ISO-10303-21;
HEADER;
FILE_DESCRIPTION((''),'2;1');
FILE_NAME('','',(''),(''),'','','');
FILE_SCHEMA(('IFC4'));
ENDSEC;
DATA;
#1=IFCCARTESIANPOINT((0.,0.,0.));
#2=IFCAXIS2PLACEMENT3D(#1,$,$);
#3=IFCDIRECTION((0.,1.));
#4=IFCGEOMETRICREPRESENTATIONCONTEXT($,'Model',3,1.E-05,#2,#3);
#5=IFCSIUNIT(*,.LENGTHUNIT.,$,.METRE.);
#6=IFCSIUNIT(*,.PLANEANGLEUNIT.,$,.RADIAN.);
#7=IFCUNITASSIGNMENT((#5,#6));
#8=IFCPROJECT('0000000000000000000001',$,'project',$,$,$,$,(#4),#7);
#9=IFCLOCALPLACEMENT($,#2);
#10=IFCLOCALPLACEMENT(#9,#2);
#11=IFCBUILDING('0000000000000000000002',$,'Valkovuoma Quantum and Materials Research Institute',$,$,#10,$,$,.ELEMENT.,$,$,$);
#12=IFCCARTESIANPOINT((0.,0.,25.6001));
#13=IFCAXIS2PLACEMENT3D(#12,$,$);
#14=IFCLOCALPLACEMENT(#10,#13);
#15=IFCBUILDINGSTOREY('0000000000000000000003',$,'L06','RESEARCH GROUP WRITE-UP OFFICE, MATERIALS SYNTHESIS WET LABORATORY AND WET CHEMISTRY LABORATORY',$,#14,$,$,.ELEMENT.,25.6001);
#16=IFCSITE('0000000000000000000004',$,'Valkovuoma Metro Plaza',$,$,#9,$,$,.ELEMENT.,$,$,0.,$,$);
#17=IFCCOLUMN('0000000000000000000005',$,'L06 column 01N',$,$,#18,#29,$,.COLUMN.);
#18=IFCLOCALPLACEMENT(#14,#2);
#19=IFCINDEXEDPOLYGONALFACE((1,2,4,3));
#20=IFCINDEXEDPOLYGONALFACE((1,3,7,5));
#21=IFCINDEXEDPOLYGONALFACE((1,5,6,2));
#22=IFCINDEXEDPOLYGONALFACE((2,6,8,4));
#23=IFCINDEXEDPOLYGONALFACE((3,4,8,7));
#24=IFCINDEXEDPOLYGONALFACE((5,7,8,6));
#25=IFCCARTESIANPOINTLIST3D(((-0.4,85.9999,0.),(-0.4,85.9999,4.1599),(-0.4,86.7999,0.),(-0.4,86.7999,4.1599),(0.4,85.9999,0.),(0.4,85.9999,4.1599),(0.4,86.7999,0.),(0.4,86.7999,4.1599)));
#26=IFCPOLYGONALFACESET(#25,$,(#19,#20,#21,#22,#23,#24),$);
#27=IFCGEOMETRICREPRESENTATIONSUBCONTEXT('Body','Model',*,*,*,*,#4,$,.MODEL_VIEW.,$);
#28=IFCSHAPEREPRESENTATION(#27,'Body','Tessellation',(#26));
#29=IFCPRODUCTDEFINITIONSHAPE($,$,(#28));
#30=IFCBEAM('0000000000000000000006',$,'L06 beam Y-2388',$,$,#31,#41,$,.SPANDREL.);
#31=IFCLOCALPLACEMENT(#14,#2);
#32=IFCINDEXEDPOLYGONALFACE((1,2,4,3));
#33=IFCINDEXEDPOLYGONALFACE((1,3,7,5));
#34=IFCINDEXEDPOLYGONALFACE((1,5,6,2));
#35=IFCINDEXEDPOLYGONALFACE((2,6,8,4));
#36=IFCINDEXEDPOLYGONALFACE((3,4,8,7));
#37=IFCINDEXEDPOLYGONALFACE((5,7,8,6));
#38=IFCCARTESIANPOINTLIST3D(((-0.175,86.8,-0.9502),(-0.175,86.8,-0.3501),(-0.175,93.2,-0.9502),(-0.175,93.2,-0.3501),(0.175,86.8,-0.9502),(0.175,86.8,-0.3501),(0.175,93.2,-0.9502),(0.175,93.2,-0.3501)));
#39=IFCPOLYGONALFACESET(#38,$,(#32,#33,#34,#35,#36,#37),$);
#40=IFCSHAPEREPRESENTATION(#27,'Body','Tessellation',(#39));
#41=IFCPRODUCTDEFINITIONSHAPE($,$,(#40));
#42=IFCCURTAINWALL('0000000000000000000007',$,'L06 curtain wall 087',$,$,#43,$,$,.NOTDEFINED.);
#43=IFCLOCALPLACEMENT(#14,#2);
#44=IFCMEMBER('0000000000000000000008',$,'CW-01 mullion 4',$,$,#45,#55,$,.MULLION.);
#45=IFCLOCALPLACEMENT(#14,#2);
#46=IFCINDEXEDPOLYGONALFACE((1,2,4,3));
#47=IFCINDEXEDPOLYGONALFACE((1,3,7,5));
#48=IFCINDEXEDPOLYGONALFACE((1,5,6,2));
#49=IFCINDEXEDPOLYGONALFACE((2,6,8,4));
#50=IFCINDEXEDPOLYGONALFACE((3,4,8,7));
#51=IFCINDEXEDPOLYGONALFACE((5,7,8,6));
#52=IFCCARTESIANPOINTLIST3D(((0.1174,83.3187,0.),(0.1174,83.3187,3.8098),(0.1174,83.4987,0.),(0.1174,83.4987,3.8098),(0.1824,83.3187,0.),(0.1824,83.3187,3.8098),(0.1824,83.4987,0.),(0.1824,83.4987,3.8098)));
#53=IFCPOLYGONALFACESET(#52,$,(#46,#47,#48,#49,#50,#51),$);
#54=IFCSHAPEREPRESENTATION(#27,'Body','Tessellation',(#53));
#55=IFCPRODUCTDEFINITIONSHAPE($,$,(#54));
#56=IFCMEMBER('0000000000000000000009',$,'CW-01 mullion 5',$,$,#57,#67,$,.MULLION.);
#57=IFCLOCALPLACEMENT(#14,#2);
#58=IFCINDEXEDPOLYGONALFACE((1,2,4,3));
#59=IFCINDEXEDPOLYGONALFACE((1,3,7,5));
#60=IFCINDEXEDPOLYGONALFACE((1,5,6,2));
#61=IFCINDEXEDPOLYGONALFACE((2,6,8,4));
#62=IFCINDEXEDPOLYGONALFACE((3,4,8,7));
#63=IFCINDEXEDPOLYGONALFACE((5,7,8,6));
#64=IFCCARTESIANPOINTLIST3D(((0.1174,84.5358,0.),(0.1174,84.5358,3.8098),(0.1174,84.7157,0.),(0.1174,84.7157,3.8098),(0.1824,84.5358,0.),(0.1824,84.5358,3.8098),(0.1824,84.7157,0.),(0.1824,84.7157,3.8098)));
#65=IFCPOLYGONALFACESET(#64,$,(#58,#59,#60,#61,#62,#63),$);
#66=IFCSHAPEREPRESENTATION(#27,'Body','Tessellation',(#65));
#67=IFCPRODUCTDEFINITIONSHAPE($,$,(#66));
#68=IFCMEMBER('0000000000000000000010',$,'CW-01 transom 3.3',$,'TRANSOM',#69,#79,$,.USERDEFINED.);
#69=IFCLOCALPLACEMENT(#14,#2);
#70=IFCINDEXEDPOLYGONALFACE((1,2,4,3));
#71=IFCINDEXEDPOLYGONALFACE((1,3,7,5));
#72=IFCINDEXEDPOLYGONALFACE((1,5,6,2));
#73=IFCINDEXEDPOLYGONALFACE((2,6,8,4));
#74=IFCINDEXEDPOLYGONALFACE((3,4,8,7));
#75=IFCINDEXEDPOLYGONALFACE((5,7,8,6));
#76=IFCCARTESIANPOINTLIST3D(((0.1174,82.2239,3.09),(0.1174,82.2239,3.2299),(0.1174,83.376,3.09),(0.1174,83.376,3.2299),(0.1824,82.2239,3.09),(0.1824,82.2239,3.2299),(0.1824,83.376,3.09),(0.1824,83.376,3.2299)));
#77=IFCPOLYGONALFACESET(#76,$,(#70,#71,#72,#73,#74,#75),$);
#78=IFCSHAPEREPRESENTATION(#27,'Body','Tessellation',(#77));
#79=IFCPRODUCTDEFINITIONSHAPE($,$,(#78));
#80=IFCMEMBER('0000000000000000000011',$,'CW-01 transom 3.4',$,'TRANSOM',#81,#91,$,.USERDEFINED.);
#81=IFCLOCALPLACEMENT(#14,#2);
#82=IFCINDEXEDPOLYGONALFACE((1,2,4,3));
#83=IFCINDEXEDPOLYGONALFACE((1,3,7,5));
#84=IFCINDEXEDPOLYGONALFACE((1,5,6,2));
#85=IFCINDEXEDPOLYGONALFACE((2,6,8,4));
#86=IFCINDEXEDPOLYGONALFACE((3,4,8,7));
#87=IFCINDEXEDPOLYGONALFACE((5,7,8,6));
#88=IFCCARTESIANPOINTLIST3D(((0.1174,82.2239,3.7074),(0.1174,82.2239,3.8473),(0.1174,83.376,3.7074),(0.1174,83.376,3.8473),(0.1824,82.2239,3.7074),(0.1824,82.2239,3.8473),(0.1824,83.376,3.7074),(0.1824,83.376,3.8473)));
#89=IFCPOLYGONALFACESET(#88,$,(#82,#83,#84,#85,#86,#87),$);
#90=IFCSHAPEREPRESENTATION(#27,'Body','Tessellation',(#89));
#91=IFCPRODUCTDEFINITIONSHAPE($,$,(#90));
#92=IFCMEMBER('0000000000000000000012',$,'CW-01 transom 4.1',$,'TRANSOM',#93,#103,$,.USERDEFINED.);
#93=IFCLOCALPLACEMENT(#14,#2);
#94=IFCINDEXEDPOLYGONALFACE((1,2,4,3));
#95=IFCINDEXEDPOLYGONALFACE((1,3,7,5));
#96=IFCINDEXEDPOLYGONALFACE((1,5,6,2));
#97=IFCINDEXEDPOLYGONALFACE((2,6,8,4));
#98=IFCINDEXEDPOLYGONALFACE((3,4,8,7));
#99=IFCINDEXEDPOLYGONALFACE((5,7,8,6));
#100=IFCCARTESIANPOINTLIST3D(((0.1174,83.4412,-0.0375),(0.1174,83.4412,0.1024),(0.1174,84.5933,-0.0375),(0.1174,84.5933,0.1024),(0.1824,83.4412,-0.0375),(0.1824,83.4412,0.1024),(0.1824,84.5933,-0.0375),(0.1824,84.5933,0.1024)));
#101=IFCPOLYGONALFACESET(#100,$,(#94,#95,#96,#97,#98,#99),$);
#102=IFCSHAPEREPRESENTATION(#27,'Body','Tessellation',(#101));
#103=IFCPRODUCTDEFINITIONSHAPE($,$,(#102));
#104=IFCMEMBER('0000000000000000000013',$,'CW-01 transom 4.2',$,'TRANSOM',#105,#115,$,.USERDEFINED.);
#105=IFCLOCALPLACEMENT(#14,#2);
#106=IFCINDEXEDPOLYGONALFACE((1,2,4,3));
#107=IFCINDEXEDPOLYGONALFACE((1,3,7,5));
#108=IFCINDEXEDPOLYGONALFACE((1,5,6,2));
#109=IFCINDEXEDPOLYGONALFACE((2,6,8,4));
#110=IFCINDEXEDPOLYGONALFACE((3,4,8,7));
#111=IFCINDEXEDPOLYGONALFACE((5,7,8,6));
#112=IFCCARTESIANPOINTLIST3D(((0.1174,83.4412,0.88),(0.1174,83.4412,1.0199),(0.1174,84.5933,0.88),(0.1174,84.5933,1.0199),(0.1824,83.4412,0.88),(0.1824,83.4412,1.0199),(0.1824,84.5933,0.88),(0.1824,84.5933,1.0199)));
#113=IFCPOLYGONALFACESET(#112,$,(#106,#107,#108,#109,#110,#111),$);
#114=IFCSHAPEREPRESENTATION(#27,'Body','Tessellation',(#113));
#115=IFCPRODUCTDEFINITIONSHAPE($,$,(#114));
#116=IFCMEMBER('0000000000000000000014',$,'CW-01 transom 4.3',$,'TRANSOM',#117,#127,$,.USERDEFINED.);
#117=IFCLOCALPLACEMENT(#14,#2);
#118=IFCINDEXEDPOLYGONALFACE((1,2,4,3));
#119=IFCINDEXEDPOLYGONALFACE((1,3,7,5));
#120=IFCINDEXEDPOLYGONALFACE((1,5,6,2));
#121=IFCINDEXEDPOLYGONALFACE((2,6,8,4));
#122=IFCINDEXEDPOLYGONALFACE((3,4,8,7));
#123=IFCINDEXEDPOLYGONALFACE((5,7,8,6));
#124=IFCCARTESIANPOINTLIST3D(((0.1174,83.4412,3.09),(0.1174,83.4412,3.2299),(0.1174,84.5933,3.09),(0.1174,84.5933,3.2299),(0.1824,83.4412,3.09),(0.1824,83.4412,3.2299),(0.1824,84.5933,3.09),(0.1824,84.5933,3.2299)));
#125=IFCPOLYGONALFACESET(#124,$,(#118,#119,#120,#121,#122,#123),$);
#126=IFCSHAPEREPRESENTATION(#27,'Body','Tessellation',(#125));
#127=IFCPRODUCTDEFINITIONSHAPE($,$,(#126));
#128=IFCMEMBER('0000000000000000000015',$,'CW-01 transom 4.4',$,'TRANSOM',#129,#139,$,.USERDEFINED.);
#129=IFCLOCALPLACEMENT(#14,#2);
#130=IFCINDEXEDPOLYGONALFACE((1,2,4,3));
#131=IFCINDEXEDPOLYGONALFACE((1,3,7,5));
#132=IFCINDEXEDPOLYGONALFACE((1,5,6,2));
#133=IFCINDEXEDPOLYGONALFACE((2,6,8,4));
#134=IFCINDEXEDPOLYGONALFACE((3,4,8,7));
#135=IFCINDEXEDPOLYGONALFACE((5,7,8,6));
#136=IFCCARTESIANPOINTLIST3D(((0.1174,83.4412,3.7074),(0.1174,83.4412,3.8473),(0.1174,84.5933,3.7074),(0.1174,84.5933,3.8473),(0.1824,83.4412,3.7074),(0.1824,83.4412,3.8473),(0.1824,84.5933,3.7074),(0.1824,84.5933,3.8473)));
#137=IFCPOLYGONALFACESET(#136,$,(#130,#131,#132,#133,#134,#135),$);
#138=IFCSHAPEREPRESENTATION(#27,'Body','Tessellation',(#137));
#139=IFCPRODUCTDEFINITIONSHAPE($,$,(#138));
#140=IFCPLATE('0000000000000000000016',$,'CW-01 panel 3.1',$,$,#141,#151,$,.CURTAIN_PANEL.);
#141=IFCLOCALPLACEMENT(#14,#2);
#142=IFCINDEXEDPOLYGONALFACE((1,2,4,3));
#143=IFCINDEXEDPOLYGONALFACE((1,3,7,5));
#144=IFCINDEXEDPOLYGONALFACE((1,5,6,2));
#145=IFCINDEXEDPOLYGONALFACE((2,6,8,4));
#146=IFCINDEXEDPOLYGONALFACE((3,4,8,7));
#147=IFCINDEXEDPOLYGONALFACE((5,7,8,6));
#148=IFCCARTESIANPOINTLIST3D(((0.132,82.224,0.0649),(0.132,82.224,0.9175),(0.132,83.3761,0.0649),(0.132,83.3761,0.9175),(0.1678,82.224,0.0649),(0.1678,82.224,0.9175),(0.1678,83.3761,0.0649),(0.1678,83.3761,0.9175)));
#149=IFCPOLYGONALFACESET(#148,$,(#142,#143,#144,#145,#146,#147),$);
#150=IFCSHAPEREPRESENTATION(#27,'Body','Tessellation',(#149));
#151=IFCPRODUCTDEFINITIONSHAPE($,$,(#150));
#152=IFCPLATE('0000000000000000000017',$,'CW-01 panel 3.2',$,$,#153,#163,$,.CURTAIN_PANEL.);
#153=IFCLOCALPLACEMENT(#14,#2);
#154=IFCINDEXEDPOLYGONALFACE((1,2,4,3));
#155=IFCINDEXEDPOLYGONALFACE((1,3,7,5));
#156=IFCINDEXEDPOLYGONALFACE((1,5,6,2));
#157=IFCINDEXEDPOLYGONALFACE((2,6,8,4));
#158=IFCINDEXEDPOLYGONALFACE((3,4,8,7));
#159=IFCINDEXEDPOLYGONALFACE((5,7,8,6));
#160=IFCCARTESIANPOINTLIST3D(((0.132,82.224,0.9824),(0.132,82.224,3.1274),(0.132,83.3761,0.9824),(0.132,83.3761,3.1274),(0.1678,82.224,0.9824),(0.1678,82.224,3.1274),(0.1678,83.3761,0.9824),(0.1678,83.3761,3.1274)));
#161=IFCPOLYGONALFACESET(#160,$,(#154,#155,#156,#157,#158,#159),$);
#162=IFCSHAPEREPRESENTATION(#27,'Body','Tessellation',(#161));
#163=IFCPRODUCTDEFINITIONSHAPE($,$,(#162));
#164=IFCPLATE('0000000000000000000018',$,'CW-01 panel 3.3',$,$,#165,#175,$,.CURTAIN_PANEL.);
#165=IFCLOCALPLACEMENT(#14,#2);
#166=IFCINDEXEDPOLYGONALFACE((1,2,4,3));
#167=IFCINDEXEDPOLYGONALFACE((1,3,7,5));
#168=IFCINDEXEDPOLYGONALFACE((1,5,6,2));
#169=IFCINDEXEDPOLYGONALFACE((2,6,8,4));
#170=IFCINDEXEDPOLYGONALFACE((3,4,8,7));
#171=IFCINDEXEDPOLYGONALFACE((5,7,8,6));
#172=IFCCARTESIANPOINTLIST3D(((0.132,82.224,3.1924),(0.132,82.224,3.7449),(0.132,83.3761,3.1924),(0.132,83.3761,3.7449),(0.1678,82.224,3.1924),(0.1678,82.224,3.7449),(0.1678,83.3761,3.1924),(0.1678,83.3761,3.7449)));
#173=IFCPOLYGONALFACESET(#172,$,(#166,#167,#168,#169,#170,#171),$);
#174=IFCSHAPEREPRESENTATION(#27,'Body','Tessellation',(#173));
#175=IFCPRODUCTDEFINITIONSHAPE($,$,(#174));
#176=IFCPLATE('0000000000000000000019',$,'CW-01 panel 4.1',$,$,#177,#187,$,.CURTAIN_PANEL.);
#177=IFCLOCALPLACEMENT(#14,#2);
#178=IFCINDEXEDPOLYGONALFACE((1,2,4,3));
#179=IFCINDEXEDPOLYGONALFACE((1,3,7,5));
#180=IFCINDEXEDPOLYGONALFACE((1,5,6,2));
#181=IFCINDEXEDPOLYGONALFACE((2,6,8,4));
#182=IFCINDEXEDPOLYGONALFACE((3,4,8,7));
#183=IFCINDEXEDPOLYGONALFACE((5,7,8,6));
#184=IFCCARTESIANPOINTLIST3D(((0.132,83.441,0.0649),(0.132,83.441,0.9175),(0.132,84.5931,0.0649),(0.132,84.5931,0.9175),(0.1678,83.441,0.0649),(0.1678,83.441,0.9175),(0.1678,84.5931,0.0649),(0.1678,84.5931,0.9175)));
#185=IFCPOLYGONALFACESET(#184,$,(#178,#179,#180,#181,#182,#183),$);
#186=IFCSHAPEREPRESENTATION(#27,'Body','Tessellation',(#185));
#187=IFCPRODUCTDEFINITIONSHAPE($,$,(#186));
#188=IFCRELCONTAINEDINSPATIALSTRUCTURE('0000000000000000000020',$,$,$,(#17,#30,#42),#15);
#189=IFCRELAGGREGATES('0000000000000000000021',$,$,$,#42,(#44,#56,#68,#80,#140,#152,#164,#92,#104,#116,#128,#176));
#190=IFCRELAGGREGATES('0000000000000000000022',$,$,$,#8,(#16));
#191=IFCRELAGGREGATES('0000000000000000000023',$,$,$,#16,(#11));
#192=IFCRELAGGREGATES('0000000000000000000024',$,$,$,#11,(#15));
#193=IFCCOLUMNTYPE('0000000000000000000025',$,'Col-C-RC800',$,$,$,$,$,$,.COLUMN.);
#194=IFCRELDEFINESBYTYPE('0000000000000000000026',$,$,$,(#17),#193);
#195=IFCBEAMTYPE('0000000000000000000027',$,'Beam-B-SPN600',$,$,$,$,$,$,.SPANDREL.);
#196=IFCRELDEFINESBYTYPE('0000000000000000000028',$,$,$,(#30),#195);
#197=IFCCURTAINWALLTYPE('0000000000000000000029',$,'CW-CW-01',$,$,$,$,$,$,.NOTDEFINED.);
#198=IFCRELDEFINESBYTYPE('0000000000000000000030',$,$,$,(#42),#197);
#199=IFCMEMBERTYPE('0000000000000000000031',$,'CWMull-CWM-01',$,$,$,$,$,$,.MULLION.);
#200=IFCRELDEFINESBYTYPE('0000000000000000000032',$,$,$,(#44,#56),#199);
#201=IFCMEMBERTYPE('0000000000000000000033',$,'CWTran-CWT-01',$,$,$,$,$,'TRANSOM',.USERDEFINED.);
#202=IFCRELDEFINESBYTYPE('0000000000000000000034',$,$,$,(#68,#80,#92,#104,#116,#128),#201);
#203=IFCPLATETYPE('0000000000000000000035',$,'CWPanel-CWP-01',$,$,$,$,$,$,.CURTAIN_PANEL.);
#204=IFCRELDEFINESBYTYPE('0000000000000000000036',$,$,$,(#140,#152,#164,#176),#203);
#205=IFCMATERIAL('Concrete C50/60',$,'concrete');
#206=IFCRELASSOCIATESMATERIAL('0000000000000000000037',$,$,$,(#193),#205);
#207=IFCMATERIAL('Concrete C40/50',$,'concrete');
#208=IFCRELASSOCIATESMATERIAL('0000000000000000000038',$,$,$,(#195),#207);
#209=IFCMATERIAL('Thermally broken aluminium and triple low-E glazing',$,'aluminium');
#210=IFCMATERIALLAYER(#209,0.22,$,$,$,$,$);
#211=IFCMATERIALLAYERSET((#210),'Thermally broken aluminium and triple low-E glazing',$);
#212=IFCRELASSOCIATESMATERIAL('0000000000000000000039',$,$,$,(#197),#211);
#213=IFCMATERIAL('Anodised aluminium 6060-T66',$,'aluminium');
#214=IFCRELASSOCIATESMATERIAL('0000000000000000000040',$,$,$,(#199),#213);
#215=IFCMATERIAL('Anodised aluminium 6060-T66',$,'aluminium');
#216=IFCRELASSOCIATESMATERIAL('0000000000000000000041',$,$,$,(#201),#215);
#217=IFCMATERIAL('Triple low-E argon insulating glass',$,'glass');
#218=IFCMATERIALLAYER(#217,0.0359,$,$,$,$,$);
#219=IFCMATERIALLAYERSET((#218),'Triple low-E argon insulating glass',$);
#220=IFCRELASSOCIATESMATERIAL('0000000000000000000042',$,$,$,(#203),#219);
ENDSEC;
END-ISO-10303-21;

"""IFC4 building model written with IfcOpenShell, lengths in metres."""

from ifc_helpers import new_model, si_unit, direction, frame, origin, origin_2d, place, context, subcontext, project, spatial, rectangle, extrude, material, layer, layer_set, material_profile, profile_set, type_object, element, aggregate, save


model = new_model("IFC4")

# Units and contexts
model_context = context("Model", 3, precision=1e-05, world=origin(), true_north=direction((0.0, 1.0)))
body_context = subcontext(model_context, "Body", "Model", "MODEL_VIEW")
ifc_project = project(units=[si_unit("LENGTHUNIT", "METRE"), si_unit("PLANEANGLEUNIT", "RADIAN")], contexts=[model_context])

# Site, building, storey
site_placement = place(None, origin())
site = spatial("IfcSite", under=ifc_project, at=site_placement, Name="Valkovuoma Metro Plaza", CompositionType="ELEMENT", RefElevation=0.0)
building_placement = place(site_placement, origin())
building = spatial("IfcBuilding", under=site, at=building_placement, Name="Valkovuoma Quantum and Materials Research Institute", CompositionType="ELEMENT")
storey_placement = place(building_placement, frame((0.0, 0.0, 25.6001)))
storey = spatial("IfcBuildingStorey", under=building, at=storey_placement, Name="L06", Description="RESEARCH GROUP WRITE-UP OFFICE, MATERIALS SYNTHESIS WET LABORATORY AND WET CHEMISTRY LABORATORY", CompositionType="ELEMENT", Elevation=25.6001)

# Column
ifc_material_1 = material(Name="Concrete C50/60", Category="concrete")
ifc_material_profile_1 = material_profile(ifc_material_1, rectangle(XDim=0.8, YDim=0.8, at=origin_2d()), Name="Concrete C50/60")
ifc_profile_set_1 = profile_set([ifc_material_profile_1], Name="Concrete C50/60")
column_type = type_object("IfcColumnType", Name="Col-C-RC800", PredefinedType="COLUMN", material=ifc_profile_set_1)
column_placement = place(storey_placement, frame((0.0, 86.3999, 0.0), z_axis=(0.0, 0.0, 1.0), x_axis=(1.0, 0.0, 0.0)))
element("IfcColumn", 1, at=column_placement, inside=storey, type_object=column_type, Name="L06 column 01N", PredefinedType="COLUMN", context=body_context, shape_type="SweptSolid", body=[
    extrude(rectangle(XDim=0.8, YDim=0.8, at=origin_2d()), origin(), (0.0, 0.0, 1.0), 4.1599),
])

# Beam
ifc_material_2 = material(Name="Concrete C40/50", Category="concrete")
ifc_material_profile_2 = material_profile(ifc_material_2, rectangle(XDim=0.3501, YDim=0.6001, at=origin_2d()), Name="Concrete C40/50")
ifc_profile_set_2 = profile_set([ifc_material_profile_2], Name="Concrete C40/50")
beam_type = type_object("IfcBeamType", Name="Beam-B-SPN600", PredefinedType="SPANDREL", material=ifc_profile_set_2)
beam_placement = place(storey_placement, frame((0.0, 86.8, -0.6501), z_axis=(0.0, 1.0, 0.0), x_axis=(-1.0, 0.0, 0.0)))
element("IfcBeam", 2, at=beam_placement, inside=storey, type_object=beam_type, Name="L06 beam Y-2388", PredefinedType="SPANDREL", context=body_context, shape_type="SweptSolid", body=[
    extrude(rectangle(XDim=0.3501, YDim=0.6001, at=origin_2d()), origin(), (0.0, 0.0, 1.0), 6.3999),
])

# Curtain wall, members, plates
ifc_material_3 = material(Name="Thermally broken aluminium and triple low-E glazing", Category="aluminium")
ifc_layer_1 = layer(ifc_material_3, 0.22)
ifc_layer_set_1 = layer_set([ifc_layer_1], Name="Thermally broken aluminium and triple low-E glazing")
curtain_wall_type = type_object("IfcCurtainWallType", Name="CW-CW-01", PredefinedType="NOTDEFINED", material=ifc_layer_set_1)
curtain_wall_placement = place(storey_placement, origin())
curtain_wall = element("IfcCurtainWall", 3, at=curtain_wall_placement, inside=storey, type_object=curtain_wall_type, Name="L06 curtain wall 087", PredefinedType="NOTDEFINED")
ifc_material_4 = material(Name="Anodised aluminium 6060-T66", Category="aluminium")
ifc_material_profile_3 = material_profile(ifc_material_4, rectangle(XDim=0.0649, YDim=0.1799, at=origin_2d()), Name="Anodised aluminium 6060-T66")
ifc_profile_set_3 = profile_set([ifc_material_profile_3], Name="Anodised aluminium 6060-T66")
member_type_1 = type_object("IfcMemberType", Name="CWMull-CWM-01", PredefinedType="MULLION", material=ifc_profile_set_3)
member_1_placement = place(storey_placement, frame((0.1499, 83.4087, 0.0), z_axis=(0.0, 0.0, 1.0), x_axis=(-1.0, 0.0, 0.0)))
member_1 = element("IfcMember", 4, at=member_1_placement, type_object=member_type_1, Name="CW-01 mullion 4", PredefinedType="MULLION", context=body_context, shape_type="SweptSolid", body=[
    extrude(rectangle(XDim=0.0649, YDim=0.1799, at=origin_2d()), origin(), (0.0, 0.0, 1.0), 3.8098),
])
member_2_placement = place(storey_placement, frame((0.1499, 84.6257, 0.0), z_axis=(0.0, 0.0, 1.0), x_axis=(-1.0, 0.0, 0.0)))
member_2 = element("IfcMember", 5, at=member_2_placement, type_object=member_type_1, Name="CW-01 mullion 5", PredefinedType="MULLION", context=body_context, shape_type="SweptSolid", body=[
    extrude(rectangle(XDim=0.0649, YDim=0.1799, at=origin_2d()), origin(), (0.0, 0.0, 1.0), 3.8098),
])
ifc_material_5 = material(Name="Anodised aluminium 6060-T66", Category="aluminium")
ifc_material_profile_4 = material_profile(ifc_material_5, rectangle(XDim=0.0649, YDim=0.1399, at=origin_2d()), Name="Anodised aluminium 6060-T66")
ifc_profile_set_4 = profile_set([ifc_material_profile_4], Name="Anodised aluminium 6060-T66")
member_type_2 = type_object("IfcMemberType", Name="CWTran-CWT-01", ElementType="TRANSOM", PredefinedType="USERDEFINED", material=ifc_profile_set_4)
member_3_placement = place(storey_placement, frame((0.1499, 82.2239, 3.1599), z_axis=(0.0, 1.0, 0.0), x_axis=(-1.0, 0.0, 0.0)))
member_3 = element("IfcMember", 6, at=member_3_placement, type_object=member_type_2, Name="CW-01 transom 3.3", ObjectType="TRANSOM", PredefinedType="USERDEFINED", context=body_context, shape_type="SweptSolid", body=[
    extrude(rectangle(XDim=0.0649, YDim=0.1399, at=origin_2d()), origin(), (0.0, 0.0, 1.0), 1.1521),
])
member_4_placement = place(storey_placement, frame((0.1499, 82.2239, 3.7773), z_axis=(0.0, 1.0, 0.0), x_axis=(-1.0, 0.0, 0.0)))
member_4 = element("IfcMember", 7, at=member_4_placement, type_object=member_type_2, Name="CW-01 transom 3.4", ObjectType="TRANSOM", PredefinedType="USERDEFINED", context=body_context, shape_type="SweptSolid", body=[
    extrude(rectangle(XDim=0.0649, YDim=0.1399, at=origin_2d()), origin(), (0.0, 0.0, 1.0), 1.1521),
])
member_5_placement = place(storey_placement, frame((0.1499, 83.4412, 0.0325), z_axis=(0.0, 1.0, 0.0), x_axis=(-1.0, 0.0, 0.0)))
member_5 = element("IfcMember", 8, at=member_5_placement, type_object=member_type_2, Name="CW-01 transom 4.1", ObjectType="TRANSOM", PredefinedType="USERDEFINED", context=body_context, shape_type="SweptSolid", body=[
    extrude(rectangle(XDim=0.0649, YDim=0.1399, at=origin_2d()), origin(), (0.0, 0.0, 1.0), 1.1521),
])
member_6_placement = place(storey_placement, frame((0.1499, 83.4412, 0.95), z_axis=(0.0, 1.0, 0.0), x_axis=(-1.0, 0.0, 0.0)))
member_6 = element("IfcMember", 9, at=member_6_placement, type_object=member_type_2, Name="CW-01 transom 4.2", ObjectType="TRANSOM", PredefinedType="USERDEFINED", context=body_context, shape_type="SweptSolid", body=[
    extrude(rectangle(XDim=0.0649, YDim=0.1399, at=origin_2d()), origin(), (0.0, 0.0, 1.0), 1.1521),
])
member_7_placement = place(storey_placement, frame((0.1499, 83.4412, 3.1599), z_axis=(0.0, 1.0, 0.0), x_axis=(-1.0, 0.0, 0.0)))
member_7 = element("IfcMember", 10, at=member_7_placement, type_object=member_type_2, Name="CW-01 transom 4.3", ObjectType="TRANSOM", PredefinedType="USERDEFINED", context=body_context, shape_type="SweptSolid", body=[
    extrude(rectangle(XDim=0.0649, YDim=0.1399, at=origin_2d()), origin(), (0.0, 0.0, 1.0), 1.1521),
])
member_8_placement = place(storey_placement, frame((0.1499, 83.4412, 3.7773), z_axis=(0.0, 1.0, 0.0), x_axis=(-1.0, 0.0, 0.0)))
member_8 = element("IfcMember", 11, at=member_8_placement, type_object=member_type_2, Name="CW-01 transom 4.4", ObjectType="TRANSOM", PredefinedType="USERDEFINED", context=body_context, shape_type="SweptSolid", body=[
    extrude(rectangle(XDim=0.0649, YDim=0.1399, at=origin_2d()), origin(), (0.0, 0.0, 1.0), 1.1521),
])
ifc_material_6 = material(Name="Triple low-E argon insulating glass", Category="glass")
ifc_layer_2 = layer(ifc_material_6, 0.0359)
ifc_layer_set_2 = layer_set([ifc_layer_2], Name="Triple low-E argon insulating glass")
plate_type = type_object("IfcPlateType", Name="CWPanel-CWP-01", PredefinedType="CURTAIN_PANEL", material=ifc_layer_set_2)
plate_1_placement = place(storey_placement, frame((0.1499, 82.8, 0.0649), z_axis=(0.0, 0.0, 1.0), x_axis=(0.0, 1.0, 0.0)))
plate_1 = element("IfcPlate", 12, at=plate_1_placement, type_object=plate_type, Name="CW-01 panel 3.1", PredefinedType="CURTAIN_PANEL", context=body_context, shape_type="SweptSolid", body=[
    extrude(rectangle(XDim=1.1521, YDim=0.0359, at=origin_2d()), origin(), (0.0, 0.0, 1.0), 0.8525),
])
plate_2_placement = place(storey_placement, frame((0.1499, 82.8, 0.9824), z_axis=(0.0, 0.0, 1.0), x_axis=(0.0, 1.0, 0.0)))
plate_2 = element("IfcPlate", 13, at=plate_2_placement, type_object=plate_type, Name="CW-01 panel 3.2", PredefinedType="CURTAIN_PANEL", context=body_context, shape_type="SweptSolid", body=[
    extrude(rectangle(XDim=1.1521, YDim=0.0359, at=origin_2d()), origin(), (0.0, 0.0, 1.0), 2.145),
])
plate_3_placement = place(storey_placement, frame((0.1499, 82.8, 3.1924), z_axis=(0.0, 0.0, 1.0), x_axis=(0.0, 1.0, 0.0)))
plate_3 = element("IfcPlate", 14, at=plate_3_placement, type_object=plate_type, Name="CW-01 panel 3.3", PredefinedType="CURTAIN_PANEL", context=body_context, shape_type="SweptSolid", body=[
    extrude(rectangle(XDim=1.1521, YDim=0.0359, at=origin_2d()), origin(), (0.0, 0.0, 1.0), 0.5525),
])
plate_4_placement = place(storey_placement, frame((0.1499, 84.0171, 0.0649), z_axis=(0.0, 0.0, 1.0), x_axis=(0.0, 1.0, 0.0)))
plate_4 = element("IfcPlate", 15, at=plate_4_placement, type_object=plate_type, Name="CW-01 panel 4.1", PredefinedType="CURTAIN_PANEL", context=body_context, shape_type="SweptSolid", body=[
    extrude(rectangle(XDim=1.1521, YDim=0.0359, at=origin_2d()), origin(), (0.0, 0.0, 1.0), 0.8525),
])
aggregate(curtain_wall, [member_1, member_2, member_3, member_4, plate_1, plate_2, plate_3, member_5, member_6, member_7, member_8, plate_4])

save(model, "model.ifc")
